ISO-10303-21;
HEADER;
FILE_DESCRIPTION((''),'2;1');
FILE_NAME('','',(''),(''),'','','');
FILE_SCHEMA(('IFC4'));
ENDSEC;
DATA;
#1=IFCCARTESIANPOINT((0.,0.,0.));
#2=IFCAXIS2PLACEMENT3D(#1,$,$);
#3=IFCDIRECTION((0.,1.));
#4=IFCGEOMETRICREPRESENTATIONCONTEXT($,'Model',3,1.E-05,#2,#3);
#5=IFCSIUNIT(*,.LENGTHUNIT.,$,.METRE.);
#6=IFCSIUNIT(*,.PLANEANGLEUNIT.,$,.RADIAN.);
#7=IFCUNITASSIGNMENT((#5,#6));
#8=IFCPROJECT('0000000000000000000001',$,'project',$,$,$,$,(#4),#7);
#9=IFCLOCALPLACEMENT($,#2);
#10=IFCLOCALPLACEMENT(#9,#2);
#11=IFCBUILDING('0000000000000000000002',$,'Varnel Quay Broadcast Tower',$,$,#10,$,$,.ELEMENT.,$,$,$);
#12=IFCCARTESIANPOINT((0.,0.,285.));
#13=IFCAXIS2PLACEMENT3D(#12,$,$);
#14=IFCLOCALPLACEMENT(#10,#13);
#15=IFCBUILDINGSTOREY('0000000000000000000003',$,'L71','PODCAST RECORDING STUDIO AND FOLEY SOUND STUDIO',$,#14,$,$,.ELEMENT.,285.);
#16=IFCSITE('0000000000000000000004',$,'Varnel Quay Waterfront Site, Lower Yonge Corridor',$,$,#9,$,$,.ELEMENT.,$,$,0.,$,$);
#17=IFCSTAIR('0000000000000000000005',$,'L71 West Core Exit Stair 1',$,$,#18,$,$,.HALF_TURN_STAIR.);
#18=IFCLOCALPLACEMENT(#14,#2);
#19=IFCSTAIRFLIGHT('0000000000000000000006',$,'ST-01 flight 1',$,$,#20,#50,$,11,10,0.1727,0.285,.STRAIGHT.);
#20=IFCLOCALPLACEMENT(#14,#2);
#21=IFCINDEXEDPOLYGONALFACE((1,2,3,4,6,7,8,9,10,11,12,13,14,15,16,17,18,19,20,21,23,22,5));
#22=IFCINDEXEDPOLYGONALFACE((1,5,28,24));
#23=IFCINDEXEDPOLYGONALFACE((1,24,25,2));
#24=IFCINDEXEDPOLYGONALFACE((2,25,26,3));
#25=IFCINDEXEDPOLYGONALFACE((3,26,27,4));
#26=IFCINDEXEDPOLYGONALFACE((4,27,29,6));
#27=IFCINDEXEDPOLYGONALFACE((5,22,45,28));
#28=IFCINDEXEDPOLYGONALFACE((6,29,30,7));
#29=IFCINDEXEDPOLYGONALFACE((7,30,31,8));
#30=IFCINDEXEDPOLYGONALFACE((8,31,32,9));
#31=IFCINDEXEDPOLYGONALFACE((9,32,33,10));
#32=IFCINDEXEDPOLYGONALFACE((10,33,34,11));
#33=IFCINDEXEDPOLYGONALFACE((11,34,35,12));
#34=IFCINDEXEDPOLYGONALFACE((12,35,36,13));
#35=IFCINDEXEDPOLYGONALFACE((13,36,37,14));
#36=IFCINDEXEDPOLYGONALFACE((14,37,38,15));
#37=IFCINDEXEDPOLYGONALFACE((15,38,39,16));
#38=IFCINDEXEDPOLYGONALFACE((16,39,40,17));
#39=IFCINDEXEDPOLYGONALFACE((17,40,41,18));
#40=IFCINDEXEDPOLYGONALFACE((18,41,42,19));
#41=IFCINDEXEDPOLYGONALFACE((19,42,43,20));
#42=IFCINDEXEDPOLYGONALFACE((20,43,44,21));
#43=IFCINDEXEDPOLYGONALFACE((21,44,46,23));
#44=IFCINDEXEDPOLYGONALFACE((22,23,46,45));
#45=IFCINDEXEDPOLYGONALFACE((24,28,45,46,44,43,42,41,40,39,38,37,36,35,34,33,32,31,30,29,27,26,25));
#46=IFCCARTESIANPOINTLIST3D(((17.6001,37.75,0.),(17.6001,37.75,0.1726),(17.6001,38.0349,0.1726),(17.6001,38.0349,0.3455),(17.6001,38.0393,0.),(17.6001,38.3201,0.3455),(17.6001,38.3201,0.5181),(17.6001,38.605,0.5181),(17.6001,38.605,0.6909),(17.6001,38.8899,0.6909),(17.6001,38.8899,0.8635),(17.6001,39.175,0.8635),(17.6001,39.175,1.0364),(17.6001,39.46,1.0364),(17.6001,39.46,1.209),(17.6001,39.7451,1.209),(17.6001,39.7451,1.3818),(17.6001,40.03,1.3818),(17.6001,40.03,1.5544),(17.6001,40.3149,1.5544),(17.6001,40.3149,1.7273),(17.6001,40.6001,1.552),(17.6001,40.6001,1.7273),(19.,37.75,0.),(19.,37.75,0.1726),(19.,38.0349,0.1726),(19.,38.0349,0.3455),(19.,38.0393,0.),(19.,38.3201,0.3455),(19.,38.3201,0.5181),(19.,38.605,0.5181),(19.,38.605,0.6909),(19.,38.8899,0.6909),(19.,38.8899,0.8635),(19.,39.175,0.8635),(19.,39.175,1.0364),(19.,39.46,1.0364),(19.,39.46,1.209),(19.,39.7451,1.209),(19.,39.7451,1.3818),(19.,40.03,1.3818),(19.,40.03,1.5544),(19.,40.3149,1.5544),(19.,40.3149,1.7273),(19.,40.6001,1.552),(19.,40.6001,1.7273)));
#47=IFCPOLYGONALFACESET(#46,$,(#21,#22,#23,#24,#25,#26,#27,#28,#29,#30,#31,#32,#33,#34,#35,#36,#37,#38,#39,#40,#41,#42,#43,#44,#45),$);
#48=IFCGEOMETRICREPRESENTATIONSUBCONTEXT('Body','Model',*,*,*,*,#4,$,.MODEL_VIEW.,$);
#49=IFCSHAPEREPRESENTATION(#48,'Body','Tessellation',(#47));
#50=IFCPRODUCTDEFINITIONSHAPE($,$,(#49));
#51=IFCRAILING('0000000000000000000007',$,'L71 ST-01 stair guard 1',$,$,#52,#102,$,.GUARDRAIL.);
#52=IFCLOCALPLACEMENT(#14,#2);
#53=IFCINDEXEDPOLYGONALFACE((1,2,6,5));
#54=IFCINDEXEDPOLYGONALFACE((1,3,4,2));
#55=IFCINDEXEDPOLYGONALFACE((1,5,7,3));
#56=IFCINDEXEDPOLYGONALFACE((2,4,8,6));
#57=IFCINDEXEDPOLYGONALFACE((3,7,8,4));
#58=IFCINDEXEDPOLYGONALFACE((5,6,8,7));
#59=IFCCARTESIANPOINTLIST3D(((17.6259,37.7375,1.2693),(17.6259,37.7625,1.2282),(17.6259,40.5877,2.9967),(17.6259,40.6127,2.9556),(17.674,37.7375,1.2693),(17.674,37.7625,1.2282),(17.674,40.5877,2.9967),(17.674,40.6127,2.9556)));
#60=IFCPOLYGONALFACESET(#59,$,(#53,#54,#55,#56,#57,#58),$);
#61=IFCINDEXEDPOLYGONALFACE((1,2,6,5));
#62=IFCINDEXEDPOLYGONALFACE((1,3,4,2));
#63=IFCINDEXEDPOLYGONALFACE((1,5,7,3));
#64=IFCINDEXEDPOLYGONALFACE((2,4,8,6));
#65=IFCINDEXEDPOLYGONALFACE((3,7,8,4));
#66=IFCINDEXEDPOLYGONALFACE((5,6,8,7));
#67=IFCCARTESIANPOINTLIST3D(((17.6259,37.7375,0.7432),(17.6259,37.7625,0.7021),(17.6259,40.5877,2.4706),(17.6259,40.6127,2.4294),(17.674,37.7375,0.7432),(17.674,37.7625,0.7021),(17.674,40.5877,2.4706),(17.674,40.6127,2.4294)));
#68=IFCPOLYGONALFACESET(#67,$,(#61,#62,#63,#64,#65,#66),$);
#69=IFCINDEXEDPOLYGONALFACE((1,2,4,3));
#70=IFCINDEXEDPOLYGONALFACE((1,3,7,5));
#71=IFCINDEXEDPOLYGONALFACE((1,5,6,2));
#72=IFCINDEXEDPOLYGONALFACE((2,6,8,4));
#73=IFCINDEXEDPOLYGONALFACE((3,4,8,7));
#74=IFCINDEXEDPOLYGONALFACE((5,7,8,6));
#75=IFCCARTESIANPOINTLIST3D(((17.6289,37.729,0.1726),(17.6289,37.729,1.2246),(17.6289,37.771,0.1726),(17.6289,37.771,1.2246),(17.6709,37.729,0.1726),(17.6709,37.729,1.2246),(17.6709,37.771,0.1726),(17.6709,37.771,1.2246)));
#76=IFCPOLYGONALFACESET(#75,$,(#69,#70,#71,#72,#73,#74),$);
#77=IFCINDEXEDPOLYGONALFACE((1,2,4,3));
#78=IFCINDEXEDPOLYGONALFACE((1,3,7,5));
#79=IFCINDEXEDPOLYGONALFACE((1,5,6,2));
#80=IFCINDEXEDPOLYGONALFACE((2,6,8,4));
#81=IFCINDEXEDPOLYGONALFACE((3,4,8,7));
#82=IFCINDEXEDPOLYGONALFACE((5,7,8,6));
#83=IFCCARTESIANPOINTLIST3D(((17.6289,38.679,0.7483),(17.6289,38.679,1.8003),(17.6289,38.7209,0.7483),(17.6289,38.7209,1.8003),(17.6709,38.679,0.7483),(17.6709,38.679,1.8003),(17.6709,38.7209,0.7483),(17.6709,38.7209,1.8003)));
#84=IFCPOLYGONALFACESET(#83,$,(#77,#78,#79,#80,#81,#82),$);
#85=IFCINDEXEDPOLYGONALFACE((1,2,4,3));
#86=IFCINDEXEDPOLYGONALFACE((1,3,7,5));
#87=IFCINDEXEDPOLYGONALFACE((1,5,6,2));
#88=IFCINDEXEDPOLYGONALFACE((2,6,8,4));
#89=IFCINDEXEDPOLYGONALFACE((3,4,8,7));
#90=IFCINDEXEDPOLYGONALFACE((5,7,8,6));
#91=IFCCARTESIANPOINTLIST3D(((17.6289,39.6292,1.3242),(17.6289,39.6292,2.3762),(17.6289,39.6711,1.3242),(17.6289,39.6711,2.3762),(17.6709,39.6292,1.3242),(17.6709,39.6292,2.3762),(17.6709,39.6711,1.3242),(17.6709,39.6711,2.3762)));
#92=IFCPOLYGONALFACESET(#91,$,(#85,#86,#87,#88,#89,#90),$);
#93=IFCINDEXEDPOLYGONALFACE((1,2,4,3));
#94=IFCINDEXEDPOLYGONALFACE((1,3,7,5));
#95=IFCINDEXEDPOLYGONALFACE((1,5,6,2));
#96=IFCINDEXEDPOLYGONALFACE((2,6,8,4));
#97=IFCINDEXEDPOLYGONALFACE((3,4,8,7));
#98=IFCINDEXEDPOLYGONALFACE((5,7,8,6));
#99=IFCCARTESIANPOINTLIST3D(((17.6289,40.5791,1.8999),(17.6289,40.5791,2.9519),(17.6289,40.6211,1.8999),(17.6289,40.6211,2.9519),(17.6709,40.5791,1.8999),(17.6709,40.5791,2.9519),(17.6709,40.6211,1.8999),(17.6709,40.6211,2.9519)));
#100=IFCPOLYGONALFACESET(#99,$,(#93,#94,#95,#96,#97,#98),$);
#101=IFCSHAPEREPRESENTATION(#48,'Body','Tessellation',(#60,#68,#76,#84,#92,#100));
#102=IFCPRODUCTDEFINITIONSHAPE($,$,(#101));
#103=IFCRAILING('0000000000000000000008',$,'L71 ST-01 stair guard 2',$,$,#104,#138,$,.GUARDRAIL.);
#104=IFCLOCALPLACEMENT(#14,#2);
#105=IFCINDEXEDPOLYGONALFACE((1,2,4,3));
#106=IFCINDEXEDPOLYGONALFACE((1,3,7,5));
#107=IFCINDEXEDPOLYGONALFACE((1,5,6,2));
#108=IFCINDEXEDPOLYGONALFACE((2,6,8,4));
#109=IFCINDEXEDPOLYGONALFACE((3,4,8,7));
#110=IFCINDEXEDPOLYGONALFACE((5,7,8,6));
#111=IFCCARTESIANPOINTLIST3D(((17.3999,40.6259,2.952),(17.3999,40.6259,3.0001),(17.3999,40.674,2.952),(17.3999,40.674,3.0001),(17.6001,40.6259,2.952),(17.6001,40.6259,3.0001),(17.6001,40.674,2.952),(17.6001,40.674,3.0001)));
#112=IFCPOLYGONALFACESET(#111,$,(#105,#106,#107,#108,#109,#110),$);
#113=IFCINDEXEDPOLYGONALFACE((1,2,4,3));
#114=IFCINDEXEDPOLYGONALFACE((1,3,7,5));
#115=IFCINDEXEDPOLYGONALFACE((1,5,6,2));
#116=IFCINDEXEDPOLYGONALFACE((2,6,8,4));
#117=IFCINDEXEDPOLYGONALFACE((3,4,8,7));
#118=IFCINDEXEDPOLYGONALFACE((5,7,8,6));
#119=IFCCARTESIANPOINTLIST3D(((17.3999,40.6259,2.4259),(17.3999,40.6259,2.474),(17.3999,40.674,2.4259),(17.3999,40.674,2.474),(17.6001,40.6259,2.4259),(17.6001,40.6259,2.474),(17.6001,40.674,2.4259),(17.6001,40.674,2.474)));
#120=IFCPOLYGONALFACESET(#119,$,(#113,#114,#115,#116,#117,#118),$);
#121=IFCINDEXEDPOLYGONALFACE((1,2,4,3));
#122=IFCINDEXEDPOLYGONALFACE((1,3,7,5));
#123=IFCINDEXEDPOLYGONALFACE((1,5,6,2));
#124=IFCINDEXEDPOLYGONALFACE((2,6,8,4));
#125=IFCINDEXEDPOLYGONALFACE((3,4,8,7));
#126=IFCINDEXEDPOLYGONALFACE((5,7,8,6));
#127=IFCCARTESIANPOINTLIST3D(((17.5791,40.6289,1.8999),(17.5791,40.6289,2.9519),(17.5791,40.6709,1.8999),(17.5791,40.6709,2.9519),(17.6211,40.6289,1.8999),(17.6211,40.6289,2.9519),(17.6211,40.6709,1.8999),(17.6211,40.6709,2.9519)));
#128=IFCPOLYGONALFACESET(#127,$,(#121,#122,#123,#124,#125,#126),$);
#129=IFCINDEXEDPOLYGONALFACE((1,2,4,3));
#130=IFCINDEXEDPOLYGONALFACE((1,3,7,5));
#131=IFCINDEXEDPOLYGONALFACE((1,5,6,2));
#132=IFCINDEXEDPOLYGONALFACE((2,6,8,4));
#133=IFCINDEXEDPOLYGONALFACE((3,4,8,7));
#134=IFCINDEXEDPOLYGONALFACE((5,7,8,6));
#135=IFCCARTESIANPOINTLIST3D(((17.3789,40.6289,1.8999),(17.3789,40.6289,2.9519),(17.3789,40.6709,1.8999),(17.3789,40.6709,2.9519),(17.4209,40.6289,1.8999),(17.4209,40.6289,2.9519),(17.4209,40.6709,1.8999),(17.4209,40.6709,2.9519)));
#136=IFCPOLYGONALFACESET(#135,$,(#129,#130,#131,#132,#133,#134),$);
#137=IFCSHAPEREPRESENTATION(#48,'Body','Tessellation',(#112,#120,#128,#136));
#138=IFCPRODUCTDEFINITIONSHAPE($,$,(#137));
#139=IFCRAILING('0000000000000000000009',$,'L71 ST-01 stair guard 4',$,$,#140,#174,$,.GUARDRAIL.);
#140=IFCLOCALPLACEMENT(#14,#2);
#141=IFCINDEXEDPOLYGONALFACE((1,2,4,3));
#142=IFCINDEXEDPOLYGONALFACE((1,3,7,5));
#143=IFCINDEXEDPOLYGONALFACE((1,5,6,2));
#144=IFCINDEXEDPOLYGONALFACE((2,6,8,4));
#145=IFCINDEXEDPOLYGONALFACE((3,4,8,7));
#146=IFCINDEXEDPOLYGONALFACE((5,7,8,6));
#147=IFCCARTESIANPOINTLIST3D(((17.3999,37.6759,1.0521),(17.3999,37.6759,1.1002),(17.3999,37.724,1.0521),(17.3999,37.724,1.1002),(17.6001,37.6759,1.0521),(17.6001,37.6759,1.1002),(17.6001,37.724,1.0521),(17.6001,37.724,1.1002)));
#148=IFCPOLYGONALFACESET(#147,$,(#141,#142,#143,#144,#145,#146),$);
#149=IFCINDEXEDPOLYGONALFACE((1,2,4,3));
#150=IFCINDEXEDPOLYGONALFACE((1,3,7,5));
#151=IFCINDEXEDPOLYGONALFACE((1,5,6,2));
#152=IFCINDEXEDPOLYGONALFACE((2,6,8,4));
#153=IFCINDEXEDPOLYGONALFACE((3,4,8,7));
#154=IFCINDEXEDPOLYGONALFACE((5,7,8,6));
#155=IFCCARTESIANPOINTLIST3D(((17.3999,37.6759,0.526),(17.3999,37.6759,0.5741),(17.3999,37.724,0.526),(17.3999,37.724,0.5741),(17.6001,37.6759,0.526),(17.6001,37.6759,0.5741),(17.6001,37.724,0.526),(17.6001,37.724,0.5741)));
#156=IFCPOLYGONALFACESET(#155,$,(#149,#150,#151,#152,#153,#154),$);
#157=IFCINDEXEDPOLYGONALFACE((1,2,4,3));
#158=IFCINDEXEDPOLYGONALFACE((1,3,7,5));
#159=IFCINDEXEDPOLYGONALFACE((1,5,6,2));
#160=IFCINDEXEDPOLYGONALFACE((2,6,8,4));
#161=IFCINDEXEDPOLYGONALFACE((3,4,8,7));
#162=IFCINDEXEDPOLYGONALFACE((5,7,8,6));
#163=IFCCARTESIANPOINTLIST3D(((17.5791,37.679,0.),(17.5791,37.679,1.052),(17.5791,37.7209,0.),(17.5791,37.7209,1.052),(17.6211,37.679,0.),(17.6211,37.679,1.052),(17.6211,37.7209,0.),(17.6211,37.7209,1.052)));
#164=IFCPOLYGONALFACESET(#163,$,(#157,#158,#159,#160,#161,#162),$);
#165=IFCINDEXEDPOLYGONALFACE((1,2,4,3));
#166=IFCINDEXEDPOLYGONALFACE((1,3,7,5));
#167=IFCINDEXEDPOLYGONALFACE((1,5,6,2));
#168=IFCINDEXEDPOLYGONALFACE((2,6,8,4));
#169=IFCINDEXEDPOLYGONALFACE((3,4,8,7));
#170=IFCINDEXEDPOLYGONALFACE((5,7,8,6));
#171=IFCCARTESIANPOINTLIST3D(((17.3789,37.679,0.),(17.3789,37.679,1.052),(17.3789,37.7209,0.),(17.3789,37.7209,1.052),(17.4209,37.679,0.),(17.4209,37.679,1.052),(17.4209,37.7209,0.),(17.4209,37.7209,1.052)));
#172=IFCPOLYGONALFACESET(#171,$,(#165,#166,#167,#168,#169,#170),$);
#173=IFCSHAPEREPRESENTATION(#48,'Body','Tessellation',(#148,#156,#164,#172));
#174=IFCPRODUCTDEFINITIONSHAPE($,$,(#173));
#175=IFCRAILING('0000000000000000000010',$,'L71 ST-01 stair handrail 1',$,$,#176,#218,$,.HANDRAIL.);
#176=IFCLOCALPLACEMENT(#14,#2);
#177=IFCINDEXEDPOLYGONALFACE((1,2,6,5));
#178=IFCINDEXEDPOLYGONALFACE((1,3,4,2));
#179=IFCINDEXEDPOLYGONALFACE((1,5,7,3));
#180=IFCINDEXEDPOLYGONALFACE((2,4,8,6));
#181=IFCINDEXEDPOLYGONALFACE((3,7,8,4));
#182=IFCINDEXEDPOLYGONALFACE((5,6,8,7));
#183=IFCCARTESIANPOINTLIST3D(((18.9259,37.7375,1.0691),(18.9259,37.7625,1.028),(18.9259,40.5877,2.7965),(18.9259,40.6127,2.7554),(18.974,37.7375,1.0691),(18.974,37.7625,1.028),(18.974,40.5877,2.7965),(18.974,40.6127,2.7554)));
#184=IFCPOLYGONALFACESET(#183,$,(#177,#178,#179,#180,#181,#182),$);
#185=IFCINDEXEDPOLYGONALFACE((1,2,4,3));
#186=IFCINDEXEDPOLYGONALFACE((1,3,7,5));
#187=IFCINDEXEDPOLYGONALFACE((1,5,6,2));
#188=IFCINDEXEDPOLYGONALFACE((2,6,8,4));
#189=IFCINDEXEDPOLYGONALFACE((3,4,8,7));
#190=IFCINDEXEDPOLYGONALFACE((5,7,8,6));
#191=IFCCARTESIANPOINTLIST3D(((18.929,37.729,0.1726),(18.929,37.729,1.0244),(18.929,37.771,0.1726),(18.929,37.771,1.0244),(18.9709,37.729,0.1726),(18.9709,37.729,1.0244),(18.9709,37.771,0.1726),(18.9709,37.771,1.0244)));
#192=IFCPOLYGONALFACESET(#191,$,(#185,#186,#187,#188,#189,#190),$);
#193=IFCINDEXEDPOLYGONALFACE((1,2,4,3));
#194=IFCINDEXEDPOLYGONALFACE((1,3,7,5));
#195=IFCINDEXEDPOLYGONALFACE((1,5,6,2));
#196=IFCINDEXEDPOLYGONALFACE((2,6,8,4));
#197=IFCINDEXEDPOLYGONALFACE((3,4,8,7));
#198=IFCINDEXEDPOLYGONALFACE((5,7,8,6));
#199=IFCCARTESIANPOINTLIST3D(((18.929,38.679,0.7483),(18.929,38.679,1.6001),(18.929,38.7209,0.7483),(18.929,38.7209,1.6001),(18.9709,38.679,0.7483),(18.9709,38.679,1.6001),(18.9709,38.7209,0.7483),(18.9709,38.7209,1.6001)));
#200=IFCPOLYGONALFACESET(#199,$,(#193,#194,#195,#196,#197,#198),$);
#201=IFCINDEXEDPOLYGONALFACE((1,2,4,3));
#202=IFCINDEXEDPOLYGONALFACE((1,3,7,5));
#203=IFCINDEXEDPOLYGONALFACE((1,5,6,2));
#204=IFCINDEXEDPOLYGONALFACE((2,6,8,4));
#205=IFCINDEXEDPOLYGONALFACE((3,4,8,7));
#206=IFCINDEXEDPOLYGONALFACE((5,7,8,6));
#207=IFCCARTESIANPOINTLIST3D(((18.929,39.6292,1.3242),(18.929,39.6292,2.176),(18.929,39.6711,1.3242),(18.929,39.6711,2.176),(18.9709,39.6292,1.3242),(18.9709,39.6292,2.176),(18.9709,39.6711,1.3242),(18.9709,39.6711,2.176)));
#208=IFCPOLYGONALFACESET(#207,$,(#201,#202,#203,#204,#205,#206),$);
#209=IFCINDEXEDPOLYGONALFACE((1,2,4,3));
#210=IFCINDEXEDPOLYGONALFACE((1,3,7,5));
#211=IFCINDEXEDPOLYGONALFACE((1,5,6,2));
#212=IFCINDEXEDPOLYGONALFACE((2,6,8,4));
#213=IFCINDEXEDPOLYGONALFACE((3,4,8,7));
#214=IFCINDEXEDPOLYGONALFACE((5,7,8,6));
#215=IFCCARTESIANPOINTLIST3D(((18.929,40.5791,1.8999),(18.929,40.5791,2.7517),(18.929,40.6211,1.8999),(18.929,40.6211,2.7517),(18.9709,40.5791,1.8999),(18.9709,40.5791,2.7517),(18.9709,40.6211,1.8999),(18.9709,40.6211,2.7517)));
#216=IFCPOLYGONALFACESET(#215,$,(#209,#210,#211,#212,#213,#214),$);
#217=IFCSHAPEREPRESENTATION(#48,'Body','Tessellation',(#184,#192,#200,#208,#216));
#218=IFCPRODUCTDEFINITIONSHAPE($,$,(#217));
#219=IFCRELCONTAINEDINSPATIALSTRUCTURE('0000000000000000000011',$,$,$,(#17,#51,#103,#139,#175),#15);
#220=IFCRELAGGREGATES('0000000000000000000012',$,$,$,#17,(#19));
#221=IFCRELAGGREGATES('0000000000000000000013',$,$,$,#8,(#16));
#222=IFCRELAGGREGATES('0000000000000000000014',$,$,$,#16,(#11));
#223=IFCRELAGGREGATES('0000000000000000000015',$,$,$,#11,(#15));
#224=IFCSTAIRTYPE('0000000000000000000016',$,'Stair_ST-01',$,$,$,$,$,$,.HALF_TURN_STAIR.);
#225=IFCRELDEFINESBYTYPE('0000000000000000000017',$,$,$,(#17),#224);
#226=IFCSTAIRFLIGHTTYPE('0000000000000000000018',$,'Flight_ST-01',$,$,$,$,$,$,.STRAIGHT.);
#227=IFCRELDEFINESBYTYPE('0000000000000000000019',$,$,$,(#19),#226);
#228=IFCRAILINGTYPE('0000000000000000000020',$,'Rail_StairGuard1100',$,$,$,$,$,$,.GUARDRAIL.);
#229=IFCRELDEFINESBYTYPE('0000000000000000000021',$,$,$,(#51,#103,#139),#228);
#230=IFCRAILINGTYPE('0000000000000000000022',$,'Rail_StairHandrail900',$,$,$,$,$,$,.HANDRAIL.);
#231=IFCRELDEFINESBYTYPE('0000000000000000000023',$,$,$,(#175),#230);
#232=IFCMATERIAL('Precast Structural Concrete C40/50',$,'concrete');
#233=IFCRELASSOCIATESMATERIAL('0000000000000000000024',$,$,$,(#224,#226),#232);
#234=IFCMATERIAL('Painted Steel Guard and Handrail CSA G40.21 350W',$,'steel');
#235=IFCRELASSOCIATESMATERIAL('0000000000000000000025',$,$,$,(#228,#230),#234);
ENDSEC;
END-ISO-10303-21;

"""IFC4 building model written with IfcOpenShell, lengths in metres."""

from ifc_helpers import new_model, si_unit, direction, frame, origin, origin_2d, place, context, subcontext, project, spatial, polyline, rectangle, outline, extrude, material, type_object, element, aggregate, save


model = new_model("IFC4")

# Units and contexts
model_context = context("Model", 3, precision=1e-05, world=origin(), true_north=direction((0.0, 1.0)))
body_context = subcontext(model_context, "Body", "Model", "MODEL_VIEW")
ifc_project = project(units=[si_unit("LENGTHUNIT", "METRE"), si_unit("PLANEANGLEUNIT", "RADIAN")], contexts=[model_context])

# Site, building, storey
site_placement = place(None, origin())
site = spatial("IfcSite", under=ifc_project, at=site_placement, Name="Varnel Quay Waterfront Site, Lower Yonge Corridor", CompositionType="ELEMENT", RefElevation=0.0)
building_placement = place(site_placement, origin())
building = spatial("IfcBuilding", under=site, at=building_placement, Name="Varnel Quay Broadcast Tower", CompositionType="ELEMENT")
storey_placement = place(building_placement, frame((0.0, 0.0, 285.0)))
storey = spatial("IfcBuildingStorey", under=building, at=storey_placement, Name="L71", Description="PODCAST RECORDING STUDIO AND FOLEY SOUND STUDIO", CompositionType="ELEMENT", Elevation=285.0)

# Stair, stair flight
ifc_material_1 = material(Name="Precast Structural Concrete C40/50", Category="concrete")
stair_type = type_object("IfcStairType", Name="Stair_ST-01", PredefinedType="HALF_TURN_STAIR", material=ifc_material_1)
stair_placement = place(storey_placement, origin())
stair = element("IfcStair", 1, at=stair_placement, inside=storey, type_object=stair_type, Name="L71 West Core Exit Stair 1", PredefinedType="HALF_TURN_STAIR")
stair_flight_type = type_object("IfcStairFlightType", Name="Flight_ST-01", PredefinedType="STRAIGHT", material=ifc_material_1)
stair_flight_placement = place(storey_placement, frame((18.3, 37.75, 0.0), z_axis=(0.0, 0.0, 1.0), x_axis=(0.0, 1.0, 0.0)))
stair_flight = element("IfcStairFlight", 2, at=stair_flight_placement, type_object=stair_flight_type, Name="ST-01 flight 1", NumberOfRisers=11, NumberOfTreads=10, PredefinedType="STRAIGHT", RiserHeight=0.1727, TreadLength=0.285, context=body_context, shape_type="SweptSolid", body=[
    extrude(outline(polyline([(0.0, 0.0), (0.0, 0.1726), (0.2849, 0.1726), (0.2849, 0.3455), (0.5701, 0.3455), (0.5701, 0.5181), (0.855, 0.5181), (0.855, 0.6909), (1.1399, 0.6909), (1.1399, 0.8635), (1.425, 0.8635), (1.425, 1.0364), (1.71, 1.0364), (1.71, 1.209), (1.9951, 1.209), (1.9951, 1.3818), (2.28, 1.3818), (2.28, 1.5544), (2.5649, 1.5544), (2.5649, 1.7273), (2.8501, 1.7273), (2.8501, 1.8999), (2.8501, 1.552), (0.2893, 0.0), (0.0, 0.0)])), frame((0.0, 0.7, 0.0), z_axis=(0.0, -1.0, 0.0), x_axis=(1.0, 0.0, 0.0)), (0.0, 0.0, 1.0), 1.3999),
])
aggregate(stair, [stair_flight])

# Railings
ifc_material_2 = material(Name="Painted Steel Guard and Handrail CSA G40.21 350W", Category="steel")
railing_type_1 = type_object("IfcRailingType", Name="Rail_StairGuard1100", PredefinedType="GUARDRAIL", material=ifc_material_2)
railing_1_placement = place(storey_placement, frame((17.6499, 37.75, 0.1726)))
element("IfcRailing", 3, at=railing_1_placement, inside=storey, type_object=railing_type_1, Name="L71 ST-01 stair guard 1", PredefinedType="GUARDRAIL", context=body_context, shape_type="SweptSolid", body=[
    extrude(rectangle(XDim=0.0481, YDim=0.0481, at=origin_2d()), frame((0.0, 0.0, 1.0762), z_axis=(0.0, 0.855203, 0.518294), x_axis=(-1.0, 0.0, 0.0)), (0.0, 0.0, 1.0), 3.3328),
    extrude(rectangle(XDim=0.0481, YDim=0.0481, at=origin_2d()), frame((0.0, 0.0, 0.55), z_axis=(0.0, 0.855203, 0.518294), x_axis=(-1.0, 0.0, 0.0)), (0.0, 0.0, 1.0), 3.3328),
    extrude(rectangle(XDim=0.042, YDim=0.042, at=origin_2d()), origin(), (0.0, 0.0, 1.0), 1.052),
    extrude(rectangle(XDim=0.042, YDim=0.042, at=origin_2d()), frame((0.0, 0.95, 0.5757)), (0.0, 0.0, 1.0), 1.052),
    extrude(rectangle(XDim=0.042, YDim=0.042, at=origin_2d()), frame((0.0, 1.9001, 1.1516)), (0.0, 0.0, 1.0), 1.052),
    extrude(rectangle(XDim=0.042, YDim=0.042, at=origin_2d()), frame((0.0, 2.8501, 1.7273)), (0.0, 0.0, 1.0), 1.052),
])
for number, where, name in (
    (4, (17.6001, 40.6499, 1.8999), "L71 ST-01 stair guard 2"),
    (5, (17.6001, 37.7, 0.0), "L71 ST-01 stair guard 4"),
):
    element("IfcRailing", number, at=place(storey_placement, frame(where)), inside=storey, type_object=railing_type_1, Name=name, PredefinedType="GUARDRAIL", context=body_context, shape_type="SweptSolid", body=[
        extrude(rectangle(XDim=0.0481, YDim=0.0481, at=origin_2d()), frame((0.0, 0.0, 1.0762), z_axis=(-1.0, 0.0, 0.0), x_axis=(0.0, -1.0, 0.0)), (0.0, 0.0, 1.0), 0.2002),
        extrude(rectangle(XDim=0.0481, YDim=0.0481, at=origin_2d()), frame((0.0, 0.0, 0.55), z_axis=(-1.0, 0.0, 0.0), x_axis=(0.0, -1.0, 0.0)), (0.0, 0.0, 1.0), 0.2002),
        extrude(rectangle(XDim=0.042, YDim=0.042, at=origin_2d()), origin(), (0.0, 0.0, 1.0), 1.052),
        extrude(rectangle(XDim=0.042, YDim=0.042, at=origin_2d()), frame((-0.2002, 0.0, 0.0)), (0.0, 0.0, 1.0), 1.052),
    ])
railing_type_2 = type_object("IfcRailingType", Name="Rail_StairHandrail900", PredefinedType="HANDRAIL", material=ifc_material_2)
railing_2_placement = place(storey_placement, frame((18.95, 37.75, 0.1726)))
element("IfcRailing", 6, at=railing_2_placement, inside=storey, type_object=railing_type_2, Name="L71 ST-01 stair handrail 1", PredefinedType="HANDRAIL", context=body_context, shape_type="SweptSolid", body=[
    extrude(rectangle(XDim=0.0481, YDim=0.0481, at=origin_2d()), frame((0.0, 0.0, 0.876), z_axis=(0.0, 0.855203, 0.518294), x_axis=(-1.0, 0.0, 0.0)), (0.0, 0.0, 1.0), 3.3328),
    extrude(rectangle(XDim=0.042, YDim=0.042, at=origin_2d()), origin(), (0.0, 0.0, 1.0), 0.8518),
    extrude(rectangle(XDim=0.042, YDim=0.042, at=origin_2d()), frame((0.0, 0.95, 0.5757)), (0.0, 0.0, 1.0), 0.8518),
    extrude(rectangle(XDim=0.042, YDim=0.042, at=origin_2d()), frame((0.0, 1.9001, 1.1516)), (0.0, 0.0, 1.0), 0.8518),
    extrude(rectangle(XDim=0.042, YDim=0.042, at=origin_2d()), frame((0.0, 2.8501, 1.7273)), (0.0, 0.0, 1.0), 0.8518),
])

save(model, "model.ifc")
